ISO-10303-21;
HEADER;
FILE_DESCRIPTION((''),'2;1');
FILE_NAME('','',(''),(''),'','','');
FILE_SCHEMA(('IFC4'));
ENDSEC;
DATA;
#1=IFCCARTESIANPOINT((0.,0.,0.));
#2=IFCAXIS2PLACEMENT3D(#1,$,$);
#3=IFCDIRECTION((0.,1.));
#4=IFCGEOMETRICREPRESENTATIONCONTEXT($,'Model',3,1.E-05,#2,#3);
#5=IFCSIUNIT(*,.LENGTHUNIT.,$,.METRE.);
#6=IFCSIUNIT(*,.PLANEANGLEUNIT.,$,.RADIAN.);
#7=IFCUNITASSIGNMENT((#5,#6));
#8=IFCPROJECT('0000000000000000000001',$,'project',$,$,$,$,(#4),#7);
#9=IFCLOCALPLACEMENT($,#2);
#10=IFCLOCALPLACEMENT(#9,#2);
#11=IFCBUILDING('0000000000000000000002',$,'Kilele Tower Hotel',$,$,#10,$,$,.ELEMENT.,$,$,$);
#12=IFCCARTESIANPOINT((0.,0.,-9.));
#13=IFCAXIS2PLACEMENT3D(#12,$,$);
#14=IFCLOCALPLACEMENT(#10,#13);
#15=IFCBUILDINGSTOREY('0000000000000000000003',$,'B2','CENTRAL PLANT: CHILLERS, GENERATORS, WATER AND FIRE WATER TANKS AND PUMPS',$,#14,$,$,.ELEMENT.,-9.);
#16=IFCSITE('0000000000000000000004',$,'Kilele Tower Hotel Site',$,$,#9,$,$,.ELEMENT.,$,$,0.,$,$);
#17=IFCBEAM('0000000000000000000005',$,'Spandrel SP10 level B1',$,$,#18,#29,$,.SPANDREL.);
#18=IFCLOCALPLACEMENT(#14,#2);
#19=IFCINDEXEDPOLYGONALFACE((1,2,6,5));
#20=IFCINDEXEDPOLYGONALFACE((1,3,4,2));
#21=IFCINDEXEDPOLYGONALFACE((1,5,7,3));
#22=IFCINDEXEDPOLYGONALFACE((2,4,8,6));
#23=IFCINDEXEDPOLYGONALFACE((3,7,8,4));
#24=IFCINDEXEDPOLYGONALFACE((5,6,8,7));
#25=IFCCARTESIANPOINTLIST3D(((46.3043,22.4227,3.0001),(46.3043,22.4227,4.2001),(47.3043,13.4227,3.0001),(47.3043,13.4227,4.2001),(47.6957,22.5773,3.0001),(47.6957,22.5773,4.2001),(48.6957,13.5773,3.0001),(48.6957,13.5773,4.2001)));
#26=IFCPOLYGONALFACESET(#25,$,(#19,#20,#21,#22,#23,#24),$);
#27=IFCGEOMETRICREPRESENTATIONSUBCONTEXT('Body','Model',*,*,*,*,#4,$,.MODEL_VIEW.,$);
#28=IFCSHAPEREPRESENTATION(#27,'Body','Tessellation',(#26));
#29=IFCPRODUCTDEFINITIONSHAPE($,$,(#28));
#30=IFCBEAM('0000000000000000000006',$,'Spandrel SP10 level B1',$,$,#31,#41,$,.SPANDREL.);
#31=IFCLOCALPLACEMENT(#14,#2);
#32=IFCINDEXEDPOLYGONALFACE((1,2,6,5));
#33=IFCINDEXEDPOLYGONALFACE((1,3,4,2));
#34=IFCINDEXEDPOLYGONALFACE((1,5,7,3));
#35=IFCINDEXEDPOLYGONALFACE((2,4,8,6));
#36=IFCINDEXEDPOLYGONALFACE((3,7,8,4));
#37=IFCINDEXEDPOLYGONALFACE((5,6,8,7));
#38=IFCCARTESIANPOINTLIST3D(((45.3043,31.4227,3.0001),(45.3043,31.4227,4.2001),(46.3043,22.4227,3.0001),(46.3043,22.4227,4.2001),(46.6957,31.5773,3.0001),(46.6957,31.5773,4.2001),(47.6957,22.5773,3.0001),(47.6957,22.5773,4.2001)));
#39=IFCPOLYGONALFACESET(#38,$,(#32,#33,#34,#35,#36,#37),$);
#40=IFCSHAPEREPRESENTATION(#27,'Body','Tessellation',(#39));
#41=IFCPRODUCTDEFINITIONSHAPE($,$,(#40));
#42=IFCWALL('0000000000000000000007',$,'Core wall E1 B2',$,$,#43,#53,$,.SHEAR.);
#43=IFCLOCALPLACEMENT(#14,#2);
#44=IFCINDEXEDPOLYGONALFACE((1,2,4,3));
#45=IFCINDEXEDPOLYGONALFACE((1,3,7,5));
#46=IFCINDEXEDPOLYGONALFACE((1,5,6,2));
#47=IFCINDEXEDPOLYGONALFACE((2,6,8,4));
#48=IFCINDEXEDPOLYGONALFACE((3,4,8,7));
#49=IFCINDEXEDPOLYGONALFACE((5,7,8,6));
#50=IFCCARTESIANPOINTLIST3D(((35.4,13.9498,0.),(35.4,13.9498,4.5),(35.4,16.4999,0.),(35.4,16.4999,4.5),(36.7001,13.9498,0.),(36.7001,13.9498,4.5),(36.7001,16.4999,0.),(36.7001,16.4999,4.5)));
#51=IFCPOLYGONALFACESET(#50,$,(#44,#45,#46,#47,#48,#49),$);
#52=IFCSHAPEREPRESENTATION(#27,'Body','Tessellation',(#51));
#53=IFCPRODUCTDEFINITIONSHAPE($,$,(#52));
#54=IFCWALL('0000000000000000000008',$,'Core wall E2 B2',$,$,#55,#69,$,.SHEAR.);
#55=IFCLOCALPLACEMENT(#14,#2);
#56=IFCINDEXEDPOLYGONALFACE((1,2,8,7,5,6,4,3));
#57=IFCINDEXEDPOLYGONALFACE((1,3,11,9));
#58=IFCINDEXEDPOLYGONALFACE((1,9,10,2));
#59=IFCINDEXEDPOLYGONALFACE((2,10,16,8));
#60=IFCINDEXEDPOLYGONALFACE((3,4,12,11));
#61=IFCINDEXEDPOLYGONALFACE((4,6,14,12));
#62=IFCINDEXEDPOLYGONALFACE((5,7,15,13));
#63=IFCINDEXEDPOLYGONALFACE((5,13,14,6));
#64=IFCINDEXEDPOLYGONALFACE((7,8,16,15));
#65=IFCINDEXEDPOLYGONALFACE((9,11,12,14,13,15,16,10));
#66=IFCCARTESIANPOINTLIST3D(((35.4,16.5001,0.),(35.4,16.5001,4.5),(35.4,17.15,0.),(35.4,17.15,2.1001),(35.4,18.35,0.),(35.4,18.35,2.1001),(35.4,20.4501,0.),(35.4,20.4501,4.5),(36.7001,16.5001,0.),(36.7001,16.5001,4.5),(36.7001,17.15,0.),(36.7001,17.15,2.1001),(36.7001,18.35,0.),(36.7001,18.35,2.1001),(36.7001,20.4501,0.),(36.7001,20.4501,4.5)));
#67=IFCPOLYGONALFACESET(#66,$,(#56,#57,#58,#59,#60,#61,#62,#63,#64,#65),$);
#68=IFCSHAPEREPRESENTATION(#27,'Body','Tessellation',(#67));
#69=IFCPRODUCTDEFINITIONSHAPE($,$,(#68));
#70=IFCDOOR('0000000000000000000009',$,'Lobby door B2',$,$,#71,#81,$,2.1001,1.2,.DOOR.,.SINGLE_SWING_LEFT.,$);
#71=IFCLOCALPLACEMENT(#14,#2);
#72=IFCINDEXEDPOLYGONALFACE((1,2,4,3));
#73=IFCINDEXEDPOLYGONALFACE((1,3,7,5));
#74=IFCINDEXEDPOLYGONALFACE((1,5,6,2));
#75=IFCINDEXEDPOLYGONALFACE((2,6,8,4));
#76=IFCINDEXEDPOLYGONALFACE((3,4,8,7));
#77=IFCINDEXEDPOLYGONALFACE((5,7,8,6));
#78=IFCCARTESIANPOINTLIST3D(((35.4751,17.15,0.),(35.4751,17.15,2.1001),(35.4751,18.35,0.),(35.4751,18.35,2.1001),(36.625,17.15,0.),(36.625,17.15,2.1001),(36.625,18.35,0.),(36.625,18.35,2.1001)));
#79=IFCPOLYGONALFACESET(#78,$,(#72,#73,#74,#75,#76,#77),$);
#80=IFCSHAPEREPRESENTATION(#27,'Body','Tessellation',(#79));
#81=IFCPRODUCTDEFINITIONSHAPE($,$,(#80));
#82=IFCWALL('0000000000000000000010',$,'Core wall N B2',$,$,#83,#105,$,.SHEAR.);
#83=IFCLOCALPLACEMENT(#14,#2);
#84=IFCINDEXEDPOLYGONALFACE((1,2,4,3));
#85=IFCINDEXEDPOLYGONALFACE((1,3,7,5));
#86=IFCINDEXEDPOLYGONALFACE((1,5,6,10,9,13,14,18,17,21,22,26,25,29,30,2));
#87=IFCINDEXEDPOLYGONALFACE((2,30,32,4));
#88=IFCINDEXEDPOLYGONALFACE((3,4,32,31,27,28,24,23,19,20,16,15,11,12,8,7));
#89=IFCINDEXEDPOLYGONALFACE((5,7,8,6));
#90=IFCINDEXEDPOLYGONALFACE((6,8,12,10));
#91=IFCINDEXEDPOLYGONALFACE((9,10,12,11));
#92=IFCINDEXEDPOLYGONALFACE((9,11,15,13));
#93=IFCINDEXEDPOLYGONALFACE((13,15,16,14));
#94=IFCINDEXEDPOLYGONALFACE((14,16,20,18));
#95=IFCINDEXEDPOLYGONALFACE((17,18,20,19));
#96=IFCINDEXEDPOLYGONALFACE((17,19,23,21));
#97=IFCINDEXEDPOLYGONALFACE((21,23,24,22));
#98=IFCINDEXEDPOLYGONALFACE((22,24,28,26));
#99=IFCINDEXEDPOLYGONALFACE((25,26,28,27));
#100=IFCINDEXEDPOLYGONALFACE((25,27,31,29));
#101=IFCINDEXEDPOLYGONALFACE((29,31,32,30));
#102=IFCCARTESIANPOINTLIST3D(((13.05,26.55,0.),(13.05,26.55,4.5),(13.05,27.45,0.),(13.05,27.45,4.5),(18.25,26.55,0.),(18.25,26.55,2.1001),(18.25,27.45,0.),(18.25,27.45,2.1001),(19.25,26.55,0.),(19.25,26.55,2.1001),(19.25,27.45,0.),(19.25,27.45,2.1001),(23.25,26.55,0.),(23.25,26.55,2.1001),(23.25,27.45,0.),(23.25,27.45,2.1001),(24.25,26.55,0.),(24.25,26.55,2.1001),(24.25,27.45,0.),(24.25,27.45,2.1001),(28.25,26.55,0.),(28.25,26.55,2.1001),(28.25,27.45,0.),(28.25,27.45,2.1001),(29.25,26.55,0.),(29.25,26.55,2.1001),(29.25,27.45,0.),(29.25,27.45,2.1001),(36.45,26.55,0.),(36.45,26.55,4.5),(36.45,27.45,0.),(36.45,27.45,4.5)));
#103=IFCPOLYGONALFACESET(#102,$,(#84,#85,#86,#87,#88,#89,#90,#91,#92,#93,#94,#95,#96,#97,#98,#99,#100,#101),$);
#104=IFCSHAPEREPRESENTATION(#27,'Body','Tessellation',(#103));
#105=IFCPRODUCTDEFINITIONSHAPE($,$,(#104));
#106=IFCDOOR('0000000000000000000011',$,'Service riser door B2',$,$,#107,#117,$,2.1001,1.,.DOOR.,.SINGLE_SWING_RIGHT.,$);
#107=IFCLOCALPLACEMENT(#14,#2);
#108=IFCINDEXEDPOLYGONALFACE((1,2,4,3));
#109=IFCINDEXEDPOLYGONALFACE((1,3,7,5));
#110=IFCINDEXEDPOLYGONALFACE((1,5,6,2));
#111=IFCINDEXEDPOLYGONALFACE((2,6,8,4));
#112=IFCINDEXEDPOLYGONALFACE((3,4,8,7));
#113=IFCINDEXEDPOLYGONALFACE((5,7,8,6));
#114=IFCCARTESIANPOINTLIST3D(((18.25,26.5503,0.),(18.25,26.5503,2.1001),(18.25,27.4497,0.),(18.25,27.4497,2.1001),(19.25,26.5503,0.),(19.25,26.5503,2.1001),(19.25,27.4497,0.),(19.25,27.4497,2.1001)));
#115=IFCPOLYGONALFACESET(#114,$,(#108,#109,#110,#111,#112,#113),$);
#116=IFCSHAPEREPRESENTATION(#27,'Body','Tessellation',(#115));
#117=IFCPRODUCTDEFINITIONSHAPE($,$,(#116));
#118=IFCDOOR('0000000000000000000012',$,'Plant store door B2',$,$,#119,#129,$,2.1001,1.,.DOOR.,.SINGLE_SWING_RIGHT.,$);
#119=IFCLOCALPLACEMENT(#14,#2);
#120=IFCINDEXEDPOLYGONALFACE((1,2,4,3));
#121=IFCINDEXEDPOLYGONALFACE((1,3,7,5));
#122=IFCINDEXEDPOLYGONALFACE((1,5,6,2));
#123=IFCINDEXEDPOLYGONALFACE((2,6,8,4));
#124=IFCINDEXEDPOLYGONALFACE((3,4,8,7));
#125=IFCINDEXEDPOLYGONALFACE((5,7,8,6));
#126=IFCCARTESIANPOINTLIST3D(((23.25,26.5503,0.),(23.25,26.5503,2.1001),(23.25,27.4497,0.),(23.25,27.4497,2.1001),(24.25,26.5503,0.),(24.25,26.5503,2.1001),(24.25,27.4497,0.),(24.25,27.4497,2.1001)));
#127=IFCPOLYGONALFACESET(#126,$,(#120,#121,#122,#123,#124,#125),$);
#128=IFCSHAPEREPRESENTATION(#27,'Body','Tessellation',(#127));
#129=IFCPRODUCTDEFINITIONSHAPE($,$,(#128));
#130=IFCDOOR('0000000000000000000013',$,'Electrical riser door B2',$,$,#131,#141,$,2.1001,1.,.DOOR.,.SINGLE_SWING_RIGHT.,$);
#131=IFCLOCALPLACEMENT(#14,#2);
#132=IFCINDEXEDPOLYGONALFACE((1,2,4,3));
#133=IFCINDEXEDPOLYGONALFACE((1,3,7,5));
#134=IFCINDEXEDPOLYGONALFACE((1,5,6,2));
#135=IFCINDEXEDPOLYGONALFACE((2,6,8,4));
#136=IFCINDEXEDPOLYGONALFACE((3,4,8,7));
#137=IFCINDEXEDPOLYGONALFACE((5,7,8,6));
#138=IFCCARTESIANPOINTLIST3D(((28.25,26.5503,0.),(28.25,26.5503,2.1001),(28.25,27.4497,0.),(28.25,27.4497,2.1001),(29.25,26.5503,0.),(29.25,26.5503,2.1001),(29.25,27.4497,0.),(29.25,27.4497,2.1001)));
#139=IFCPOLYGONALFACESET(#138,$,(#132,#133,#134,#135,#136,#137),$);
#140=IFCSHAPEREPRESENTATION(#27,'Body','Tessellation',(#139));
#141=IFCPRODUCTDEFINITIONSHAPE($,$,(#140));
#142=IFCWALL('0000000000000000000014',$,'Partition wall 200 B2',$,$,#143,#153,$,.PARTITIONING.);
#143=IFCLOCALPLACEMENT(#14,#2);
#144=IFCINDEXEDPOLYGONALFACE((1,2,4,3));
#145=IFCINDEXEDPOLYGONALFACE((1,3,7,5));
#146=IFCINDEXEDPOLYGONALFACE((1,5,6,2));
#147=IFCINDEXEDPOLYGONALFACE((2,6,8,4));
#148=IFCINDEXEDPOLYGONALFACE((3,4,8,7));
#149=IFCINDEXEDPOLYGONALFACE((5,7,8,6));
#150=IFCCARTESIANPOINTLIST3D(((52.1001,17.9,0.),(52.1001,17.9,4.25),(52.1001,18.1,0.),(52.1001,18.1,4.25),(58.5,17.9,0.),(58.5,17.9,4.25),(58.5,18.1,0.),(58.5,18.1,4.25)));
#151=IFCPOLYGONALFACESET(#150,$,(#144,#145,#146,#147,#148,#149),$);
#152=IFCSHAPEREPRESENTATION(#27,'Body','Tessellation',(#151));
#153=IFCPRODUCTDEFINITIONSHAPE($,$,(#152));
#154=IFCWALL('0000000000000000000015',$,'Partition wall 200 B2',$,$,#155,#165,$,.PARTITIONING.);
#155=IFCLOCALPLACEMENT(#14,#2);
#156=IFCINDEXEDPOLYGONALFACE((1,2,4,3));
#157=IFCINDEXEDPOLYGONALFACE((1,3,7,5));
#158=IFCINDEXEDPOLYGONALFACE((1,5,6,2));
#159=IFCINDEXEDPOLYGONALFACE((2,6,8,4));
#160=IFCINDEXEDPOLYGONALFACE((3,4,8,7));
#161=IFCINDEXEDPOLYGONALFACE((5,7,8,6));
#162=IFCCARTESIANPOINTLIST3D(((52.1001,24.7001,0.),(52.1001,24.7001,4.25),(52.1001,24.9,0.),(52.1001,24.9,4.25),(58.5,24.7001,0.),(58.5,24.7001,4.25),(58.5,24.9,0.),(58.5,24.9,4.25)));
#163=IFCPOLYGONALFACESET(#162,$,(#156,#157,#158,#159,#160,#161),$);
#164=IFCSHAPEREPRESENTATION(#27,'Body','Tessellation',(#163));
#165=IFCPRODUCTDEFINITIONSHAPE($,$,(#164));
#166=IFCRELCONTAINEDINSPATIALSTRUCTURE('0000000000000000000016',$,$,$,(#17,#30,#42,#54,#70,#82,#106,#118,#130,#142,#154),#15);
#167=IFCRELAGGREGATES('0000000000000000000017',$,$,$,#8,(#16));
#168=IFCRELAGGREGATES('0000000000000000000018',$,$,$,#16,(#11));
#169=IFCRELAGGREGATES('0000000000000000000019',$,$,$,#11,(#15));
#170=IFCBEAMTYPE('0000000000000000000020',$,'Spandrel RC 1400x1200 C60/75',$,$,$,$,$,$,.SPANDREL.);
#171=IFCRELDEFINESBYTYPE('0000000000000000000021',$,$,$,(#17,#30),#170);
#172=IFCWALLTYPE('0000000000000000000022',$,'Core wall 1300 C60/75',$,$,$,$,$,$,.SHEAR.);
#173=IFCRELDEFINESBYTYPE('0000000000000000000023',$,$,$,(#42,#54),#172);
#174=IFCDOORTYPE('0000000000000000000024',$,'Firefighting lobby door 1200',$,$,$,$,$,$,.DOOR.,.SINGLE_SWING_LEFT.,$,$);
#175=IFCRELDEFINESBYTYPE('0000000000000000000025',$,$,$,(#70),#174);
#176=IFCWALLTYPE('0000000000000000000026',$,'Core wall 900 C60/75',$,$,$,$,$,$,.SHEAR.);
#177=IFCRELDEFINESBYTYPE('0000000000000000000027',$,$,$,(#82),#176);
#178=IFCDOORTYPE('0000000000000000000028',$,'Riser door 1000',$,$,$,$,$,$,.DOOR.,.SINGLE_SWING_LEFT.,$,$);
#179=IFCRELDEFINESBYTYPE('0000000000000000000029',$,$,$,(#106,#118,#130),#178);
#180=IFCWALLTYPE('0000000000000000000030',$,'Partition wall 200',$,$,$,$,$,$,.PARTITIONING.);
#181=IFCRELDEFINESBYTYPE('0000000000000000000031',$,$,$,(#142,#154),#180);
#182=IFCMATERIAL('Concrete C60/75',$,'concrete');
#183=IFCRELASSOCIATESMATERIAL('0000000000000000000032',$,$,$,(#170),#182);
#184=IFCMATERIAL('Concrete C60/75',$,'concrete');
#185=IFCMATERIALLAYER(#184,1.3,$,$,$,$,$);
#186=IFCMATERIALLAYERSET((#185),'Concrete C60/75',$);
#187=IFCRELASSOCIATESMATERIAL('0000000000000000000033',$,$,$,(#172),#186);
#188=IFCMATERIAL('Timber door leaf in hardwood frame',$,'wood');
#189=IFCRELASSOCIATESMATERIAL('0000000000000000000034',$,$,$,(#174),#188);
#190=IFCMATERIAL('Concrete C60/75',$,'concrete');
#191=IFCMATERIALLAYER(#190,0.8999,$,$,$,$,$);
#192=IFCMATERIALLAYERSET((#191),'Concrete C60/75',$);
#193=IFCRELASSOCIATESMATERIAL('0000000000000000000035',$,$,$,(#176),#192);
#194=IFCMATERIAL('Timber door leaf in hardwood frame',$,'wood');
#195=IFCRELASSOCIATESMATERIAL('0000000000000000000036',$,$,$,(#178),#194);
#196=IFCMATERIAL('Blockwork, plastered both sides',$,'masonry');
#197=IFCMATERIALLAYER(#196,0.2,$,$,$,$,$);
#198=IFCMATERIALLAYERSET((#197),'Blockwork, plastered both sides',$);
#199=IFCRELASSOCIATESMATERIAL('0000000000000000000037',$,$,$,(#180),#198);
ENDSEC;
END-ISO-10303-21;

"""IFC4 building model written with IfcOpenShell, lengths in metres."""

from ifc_helpers import new_model, si_unit, direction, frame, frame_2d, origin, origin_2d, place, context, subcontext, project, spatial, rectangle, extrude, material, layer, layer_set, material_profile, profile_set, type_object, element, fill, save


model = new_model("IFC4")

# Units and contexts
model_context = context("Model", 3, precision=1e-05, world=origin(), true_north=direction((0.0, 1.0)))
body_context = subcontext(model_context, "Body", "Model", "MODEL_VIEW")
ifc_project = project(units=[si_unit("LENGTHUNIT", "METRE"), si_unit("PLANEANGLEUNIT", "RADIAN")], contexts=[model_context])

# Site, building, storey
site_placement = place(None, origin())
site = spatial("IfcSite", under=ifc_project, at=site_placement, Name="Kilele Tower Hotel Site", CompositionType="ELEMENT", RefElevation=0.0)
building_placement = place(site_placement, origin())
building = spatial("IfcBuilding", under=site, at=building_placement, Name="Kilele Tower Hotel", CompositionType="ELEMENT")
storey_placement = place(building_placement, frame((0.0, 0.0, -9.0)))
storey = spatial("IfcBuildingStorey", under=building, at=storey_placement, Name="B2", Description="CENTRAL PLANT: CHILLERS, GENERATORS, WATER AND FIRE WATER TANKS AND PUMPS", CompositionType="ELEMENT", Elevation=-9.0)

# Beams
ifc_material_1 = material(Name="Concrete C60/75", Category="concrete")
ifc_material_profile_1 = material_profile(ifc_material_1, rectangle(XDim=1.3999, YDim=1.2, at=origin_2d()))
ifc_profile_set_1 = profile_set([ifc_material_profile_1], Name="Concrete C60/75")
beam_type_1 = type_object("IfcBeamType", Name="Spandrel RC 1400x1200 C60/75", PredefinedType="SPANDREL", material=ifc_profile_set_1)
for number, where, z_axis, x_axis, name in (
    (1, (48.0, 13.5, 3.6001), (-0.110432, 0.993884, 0.0), (-0.993884, -0.110432, 0.0), "Spandrel SP10 level B1"),
    (2, (47.0, 22.5, 3.6001), (-0.110432, 0.993884, 0.0), (-0.993884, -0.110432, 0.0), "Spandrel SP10 level B1"),
):
    element("IfcBeam", number, at=place(storey_placement, frame(where, z_axis=z_axis, x_axis=x_axis)), inside=storey, type_object=beam_type_1, Name=name, PredefinedType="SPANDREL", context=body_context, shape_type="SweptSolid", body=[
        extrude(rectangle(XDim=1.3999, YDim=1.2, at=origin_2d()), origin(), (0.0, 0.0, 1.0), 9.0554),
    ])

# Wall
ifc_material_2 = material(Name="Concrete C60/75", Category="concrete")
ifc_layer_1 = layer(ifc_material_2, 1.3)
ifc_layer_set_1 = layer_set([ifc_layer_1], Name="Concrete C60/75")
wall_type_1 = type_object("IfcWallType", Name="Core wall 1300 C60/75", PredefinedType="SHEAR", material=ifc_layer_set_1)
wall_1_placement = place(storey_placement, frame((36.05, 13.95, 0.0), z_axis=(0.0, 0.0, 1.0), x_axis=(0.0, 1.0, 0.0)))
element("IfcWall", 3, at=wall_1_placement, inside=storey, type_object=wall_type_1, Name="Core wall E1 B2", PredefinedType="SHEAR", context=body_context, shape_type="SweptSolid", body=[
    extrude(rectangle(XDim=2.55, YDim=1.3, at=frame_2d((1.2749, 0.0))), origin(), (0.0, 0.0, 1.0), 4.5),
])

# Wall, opening, door
wall_2_placement = place(storey_placement, frame((36.05, 16.5, 0.0), z_axis=(0.0, 0.0, 1.0), x_axis=(0.0, 1.0, 0.0)))
wall_2 = element("IfcWall", 4, at=wall_2_placement, inside=storey, type_object=wall_type_1, Name="Core wall E2 B2", PredefinedType="SHEAR", context=body_context, shape_type="SweptSolid", body=[
    extrude(rectangle(XDim=3.95, YDim=1.3, at=frame_2d((1.9751, 0.0))), origin(), (0.0, 0.0, 1.0), 4.5),
])
opening_1_placement = place(wall_2_placement, frame((0.6499, 0.0, 0.0)))
opening_1 = element("IfcOpeningElement", 5, at=opening_1_placement, cuts=wall_2, PredefinedType="OPENING", context=body_context, shape_type="SweptSolid", body=[
    extrude(rectangle(XDim=1.2, YDim=2.1001, at=frame_2d((0.6001, 1.05))), frame((0.0, 0.6599, 0.0), z_axis=(0.0, -1.0, 0.0), x_axis=(1.0, 0.0, 0.0)), (0.0, 0.0, 1.0), 1.3201),
])
ifc_material_3 = material(Name="Timber door leaf in hardwood frame", Category="wood")
door_type_1 = type_object("IfcDoorType", Name="Firefighting lobby door 1200", OperationType="SINGLE_SWING_LEFT", PredefinedType="DOOR", material=ifc_material_3)
door_1_placement = place(opening_1_placement, origin())
door_1 = element("IfcDoor", 6, at=door_1_placement, inside=storey, type_object=door_type_1, Name="Lobby door B2", OperationType="SINGLE_SWING_LEFT", OverallHeight=2.1001, OverallWidth=1.2, PredefinedType="DOOR", context=body_context, shape_type="SweptSolid", body=[
    extrude(rectangle(XDim=1.2, YDim=2.1001, at=frame_2d((0.6001, 1.05))), frame((0.0, 0.575, 0.0), z_axis=(0.0, -1.0, 0.0), x_axis=(1.0, 0.0, 0.0)), (0.0, 0.0, 1.0), 1.1499),
])
fill(opening_1, door_1)

# Wall, openings, doors
ifc_material_4 = material(Name="Concrete C60/75", Category="concrete")
ifc_layer_2 = layer(ifc_material_4, 0.8999)
ifc_layer_set_2 = layer_set([ifc_layer_2], Name="Concrete C60/75")
wall_type_2 = type_object("IfcWallType", Name="Core wall 900 C60/75", PredefinedType="SHEAR", material=ifc_layer_set_2)
wall_3_placement = place(storey_placement, frame((36.45, 27.0, 0.0), z_axis=(0.0, 0.0, 1.0), x_axis=(-1.0, 0.0, 0.0)))
wall_3 = element("IfcWall", 7, at=wall_3_placement, inside=storey, type_object=wall_type_2, Name="Core wall N B2", PredefinedType="SHEAR", context=body_context, shape_type="SweptSolid", body=[
    extrude(rectangle(XDim=23.3999, YDim=0.8999, at=frame_2d((11.7, 0.0))), origin(), (0.0, 0.0, 1.0), 4.5),
])
opening_2_placement = place(wall_3_placement, frame((17.2, 0.0, 0.0)))
opening_2 = element("IfcOpeningElement", 8, at=opening_2_placement, cuts=wall_3, PredefinedType="OPENING", context=body_context, shape_type="SweptSolid", body=[
    extrude(rectangle(XDim=1.0, YDim=2.1001, at=frame_2d((0.5, 1.05))), frame((0.0, 0.46, 0.0), z_axis=(0.0, -1.0, 0.0), x_axis=(1.0, 0.0, 0.0)), (0.0, 0.0, 1.0), 0.9199),
])
opening_3_placement = place(wall_3_placement, frame((12.2, 0.0, 0.0)))
opening_3 = element("IfcOpeningElement", 9, at=opening_3_placement, cuts=wall_3, PredefinedType="OPENING", context=body_context, shape_type="SweptSolid", body=[
    extrude(rectangle(XDim=1.0, YDim=2.1001, at=frame_2d((0.5, 1.05))), frame((0.0, 0.46, 0.0), z_axis=(0.0, -1.0, 0.0), x_axis=(1.0, 0.0, 0.0)), (0.0, 0.0, 1.0), 0.9199),
])
opening_4_placement = place(wall_3_placement, frame((7.2, 0.0, 0.0)))
opening_4 = element("IfcOpeningElement", 10, at=opening_4_placement, cuts=wall_3, PredefinedType="OPENING", context=body_context, shape_type="SweptSolid", body=[
    extrude(rectangle(XDim=1.0, YDim=2.1001, at=frame_2d((0.5, 1.05))), frame((0.0, 0.46, 0.0), z_axis=(0.0, -1.0, 0.0), x_axis=(1.0, 0.0, 0.0)), (0.0, 0.0, 1.0), 0.9199),
])
ifc_material_5 = material(Name="Timber door leaf in hardwood frame", Category="wood")
door_type_2 = type_object("IfcDoorType", Name="Riser door 1000", OperationType="SINGLE_SWING_LEFT", PredefinedType="DOOR", material=ifc_material_5)
door_2_placement = place(opening_2_placement, origin())
door_2 = element("IfcDoor", 11, at=door_2_placement, inside=storey, type_object=door_type_2, Name="Service riser door B2", OperationType="SINGLE_SWING_RIGHT", OverallHeight=2.1001, OverallWidth=1.0, PredefinedType="DOOR", context=body_context, shape_type="SweptSolid", body=[
    extrude(rectangle(XDim=1.0, YDim=2.1001, at=frame_2d((0.5, 1.05))), frame((0.0, 0.4497, 0.0), z_axis=(0.0, -1.0, 0.0), x_axis=(1.0, 0.0, 0.0)), (0.0, 0.0, 1.0), 0.8994),
])
fill(opening_2, door_2)
door_3_placement = place(opening_3_placement, origin())
door_3 = element("IfcDoor", 12, at=door_3_placement, inside=storey, type_object=door_type_2, Name="Plant store door B2", OperationType="SINGLE_SWING_RIGHT", OverallHeight=2.1001, OverallWidth=1.0, PredefinedType="DOOR", context=body_context, shape_type="SweptSolid", body=[
    extrude(rectangle(XDim=1.0, YDim=2.1001, at=frame_2d((0.5, 1.05))), frame((0.0, 0.4497, 0.0), z_axis=(0.0, -1.0, 0.0), x_axis=(1.0, 0.0, 0.0)), (0.0, 0.0, 1.0), 0.8994),
])
fill(opening_3, door_3)
door_4_placement = place(opening_4_placement, origin())
door_4 = element("IfcDoor", 13, at=door_4_placement, inside=storey, type_object=door_type_2, Name="Electrical riser door B2", OperationType="SINGLE_SWING_RIGHT", OverallHeight=2.1001, OverallWidth=1.0, PredefinedType="DOOR", context=body_context, shape_type="SweptSolid", body=[
    extrude(rectangle(XDim=1.0, YDim=2.1001, at=frame_2d((0.5, 1.05))), frame((0.0, 0.4497, 0.0), z_axis=(0.0, -1.0, 0.0), x_axis=(1.0, 0.0, 0.0)), (0.0, 0.0, 1.0), 0.8994),
])
fill(opening_4, door_4)

# Walls
ifc_material_6 = material(Name="Blockwork, plastered both sides", Category="masonry")
ifc_layer_3 = layer(ifc_material_6, 0.2)
ifc_layer_set_3 = layer_set([ifc_layer_3], Name="Blockwork, plastered both sides")
wall_type_3 = type_object("IfcWallType", Name="Partition wall 200", PredefinedType="PARTITIONING", material=ifc_layer_set_3)
for number, where, z_axis, x_axis, name in (
    (14, (52.1001, 18.0, 0.0), (0.0, 0.0, 1.0), (1.0, 0.0, 0.0), "Partition wall 200 B2"),
    (15, (52.1001, 24.8, 0.0), (0.0, 0.0, 1.0), (1.0, 0.0, 0.0), "Partition wall 200 B2"),
):
    element("IfcWall", number, at=place(storey_placement, frame(where, z_axis=z_axis, x_axis=x_axis)), inside=storey, type_object=wall_type_3, Name=name, PredefinedType="PARTITIONING", context=body_context, shape_type="SweptSolid", body=[
        extrude(rectangle(XDim=6.3999, YDim=0.2, at=frame_2d((3.2, 0.0))), origin(), (0.0, 0.0, 1.0), 4.25),
    ])

save(model, "model.ifc")
